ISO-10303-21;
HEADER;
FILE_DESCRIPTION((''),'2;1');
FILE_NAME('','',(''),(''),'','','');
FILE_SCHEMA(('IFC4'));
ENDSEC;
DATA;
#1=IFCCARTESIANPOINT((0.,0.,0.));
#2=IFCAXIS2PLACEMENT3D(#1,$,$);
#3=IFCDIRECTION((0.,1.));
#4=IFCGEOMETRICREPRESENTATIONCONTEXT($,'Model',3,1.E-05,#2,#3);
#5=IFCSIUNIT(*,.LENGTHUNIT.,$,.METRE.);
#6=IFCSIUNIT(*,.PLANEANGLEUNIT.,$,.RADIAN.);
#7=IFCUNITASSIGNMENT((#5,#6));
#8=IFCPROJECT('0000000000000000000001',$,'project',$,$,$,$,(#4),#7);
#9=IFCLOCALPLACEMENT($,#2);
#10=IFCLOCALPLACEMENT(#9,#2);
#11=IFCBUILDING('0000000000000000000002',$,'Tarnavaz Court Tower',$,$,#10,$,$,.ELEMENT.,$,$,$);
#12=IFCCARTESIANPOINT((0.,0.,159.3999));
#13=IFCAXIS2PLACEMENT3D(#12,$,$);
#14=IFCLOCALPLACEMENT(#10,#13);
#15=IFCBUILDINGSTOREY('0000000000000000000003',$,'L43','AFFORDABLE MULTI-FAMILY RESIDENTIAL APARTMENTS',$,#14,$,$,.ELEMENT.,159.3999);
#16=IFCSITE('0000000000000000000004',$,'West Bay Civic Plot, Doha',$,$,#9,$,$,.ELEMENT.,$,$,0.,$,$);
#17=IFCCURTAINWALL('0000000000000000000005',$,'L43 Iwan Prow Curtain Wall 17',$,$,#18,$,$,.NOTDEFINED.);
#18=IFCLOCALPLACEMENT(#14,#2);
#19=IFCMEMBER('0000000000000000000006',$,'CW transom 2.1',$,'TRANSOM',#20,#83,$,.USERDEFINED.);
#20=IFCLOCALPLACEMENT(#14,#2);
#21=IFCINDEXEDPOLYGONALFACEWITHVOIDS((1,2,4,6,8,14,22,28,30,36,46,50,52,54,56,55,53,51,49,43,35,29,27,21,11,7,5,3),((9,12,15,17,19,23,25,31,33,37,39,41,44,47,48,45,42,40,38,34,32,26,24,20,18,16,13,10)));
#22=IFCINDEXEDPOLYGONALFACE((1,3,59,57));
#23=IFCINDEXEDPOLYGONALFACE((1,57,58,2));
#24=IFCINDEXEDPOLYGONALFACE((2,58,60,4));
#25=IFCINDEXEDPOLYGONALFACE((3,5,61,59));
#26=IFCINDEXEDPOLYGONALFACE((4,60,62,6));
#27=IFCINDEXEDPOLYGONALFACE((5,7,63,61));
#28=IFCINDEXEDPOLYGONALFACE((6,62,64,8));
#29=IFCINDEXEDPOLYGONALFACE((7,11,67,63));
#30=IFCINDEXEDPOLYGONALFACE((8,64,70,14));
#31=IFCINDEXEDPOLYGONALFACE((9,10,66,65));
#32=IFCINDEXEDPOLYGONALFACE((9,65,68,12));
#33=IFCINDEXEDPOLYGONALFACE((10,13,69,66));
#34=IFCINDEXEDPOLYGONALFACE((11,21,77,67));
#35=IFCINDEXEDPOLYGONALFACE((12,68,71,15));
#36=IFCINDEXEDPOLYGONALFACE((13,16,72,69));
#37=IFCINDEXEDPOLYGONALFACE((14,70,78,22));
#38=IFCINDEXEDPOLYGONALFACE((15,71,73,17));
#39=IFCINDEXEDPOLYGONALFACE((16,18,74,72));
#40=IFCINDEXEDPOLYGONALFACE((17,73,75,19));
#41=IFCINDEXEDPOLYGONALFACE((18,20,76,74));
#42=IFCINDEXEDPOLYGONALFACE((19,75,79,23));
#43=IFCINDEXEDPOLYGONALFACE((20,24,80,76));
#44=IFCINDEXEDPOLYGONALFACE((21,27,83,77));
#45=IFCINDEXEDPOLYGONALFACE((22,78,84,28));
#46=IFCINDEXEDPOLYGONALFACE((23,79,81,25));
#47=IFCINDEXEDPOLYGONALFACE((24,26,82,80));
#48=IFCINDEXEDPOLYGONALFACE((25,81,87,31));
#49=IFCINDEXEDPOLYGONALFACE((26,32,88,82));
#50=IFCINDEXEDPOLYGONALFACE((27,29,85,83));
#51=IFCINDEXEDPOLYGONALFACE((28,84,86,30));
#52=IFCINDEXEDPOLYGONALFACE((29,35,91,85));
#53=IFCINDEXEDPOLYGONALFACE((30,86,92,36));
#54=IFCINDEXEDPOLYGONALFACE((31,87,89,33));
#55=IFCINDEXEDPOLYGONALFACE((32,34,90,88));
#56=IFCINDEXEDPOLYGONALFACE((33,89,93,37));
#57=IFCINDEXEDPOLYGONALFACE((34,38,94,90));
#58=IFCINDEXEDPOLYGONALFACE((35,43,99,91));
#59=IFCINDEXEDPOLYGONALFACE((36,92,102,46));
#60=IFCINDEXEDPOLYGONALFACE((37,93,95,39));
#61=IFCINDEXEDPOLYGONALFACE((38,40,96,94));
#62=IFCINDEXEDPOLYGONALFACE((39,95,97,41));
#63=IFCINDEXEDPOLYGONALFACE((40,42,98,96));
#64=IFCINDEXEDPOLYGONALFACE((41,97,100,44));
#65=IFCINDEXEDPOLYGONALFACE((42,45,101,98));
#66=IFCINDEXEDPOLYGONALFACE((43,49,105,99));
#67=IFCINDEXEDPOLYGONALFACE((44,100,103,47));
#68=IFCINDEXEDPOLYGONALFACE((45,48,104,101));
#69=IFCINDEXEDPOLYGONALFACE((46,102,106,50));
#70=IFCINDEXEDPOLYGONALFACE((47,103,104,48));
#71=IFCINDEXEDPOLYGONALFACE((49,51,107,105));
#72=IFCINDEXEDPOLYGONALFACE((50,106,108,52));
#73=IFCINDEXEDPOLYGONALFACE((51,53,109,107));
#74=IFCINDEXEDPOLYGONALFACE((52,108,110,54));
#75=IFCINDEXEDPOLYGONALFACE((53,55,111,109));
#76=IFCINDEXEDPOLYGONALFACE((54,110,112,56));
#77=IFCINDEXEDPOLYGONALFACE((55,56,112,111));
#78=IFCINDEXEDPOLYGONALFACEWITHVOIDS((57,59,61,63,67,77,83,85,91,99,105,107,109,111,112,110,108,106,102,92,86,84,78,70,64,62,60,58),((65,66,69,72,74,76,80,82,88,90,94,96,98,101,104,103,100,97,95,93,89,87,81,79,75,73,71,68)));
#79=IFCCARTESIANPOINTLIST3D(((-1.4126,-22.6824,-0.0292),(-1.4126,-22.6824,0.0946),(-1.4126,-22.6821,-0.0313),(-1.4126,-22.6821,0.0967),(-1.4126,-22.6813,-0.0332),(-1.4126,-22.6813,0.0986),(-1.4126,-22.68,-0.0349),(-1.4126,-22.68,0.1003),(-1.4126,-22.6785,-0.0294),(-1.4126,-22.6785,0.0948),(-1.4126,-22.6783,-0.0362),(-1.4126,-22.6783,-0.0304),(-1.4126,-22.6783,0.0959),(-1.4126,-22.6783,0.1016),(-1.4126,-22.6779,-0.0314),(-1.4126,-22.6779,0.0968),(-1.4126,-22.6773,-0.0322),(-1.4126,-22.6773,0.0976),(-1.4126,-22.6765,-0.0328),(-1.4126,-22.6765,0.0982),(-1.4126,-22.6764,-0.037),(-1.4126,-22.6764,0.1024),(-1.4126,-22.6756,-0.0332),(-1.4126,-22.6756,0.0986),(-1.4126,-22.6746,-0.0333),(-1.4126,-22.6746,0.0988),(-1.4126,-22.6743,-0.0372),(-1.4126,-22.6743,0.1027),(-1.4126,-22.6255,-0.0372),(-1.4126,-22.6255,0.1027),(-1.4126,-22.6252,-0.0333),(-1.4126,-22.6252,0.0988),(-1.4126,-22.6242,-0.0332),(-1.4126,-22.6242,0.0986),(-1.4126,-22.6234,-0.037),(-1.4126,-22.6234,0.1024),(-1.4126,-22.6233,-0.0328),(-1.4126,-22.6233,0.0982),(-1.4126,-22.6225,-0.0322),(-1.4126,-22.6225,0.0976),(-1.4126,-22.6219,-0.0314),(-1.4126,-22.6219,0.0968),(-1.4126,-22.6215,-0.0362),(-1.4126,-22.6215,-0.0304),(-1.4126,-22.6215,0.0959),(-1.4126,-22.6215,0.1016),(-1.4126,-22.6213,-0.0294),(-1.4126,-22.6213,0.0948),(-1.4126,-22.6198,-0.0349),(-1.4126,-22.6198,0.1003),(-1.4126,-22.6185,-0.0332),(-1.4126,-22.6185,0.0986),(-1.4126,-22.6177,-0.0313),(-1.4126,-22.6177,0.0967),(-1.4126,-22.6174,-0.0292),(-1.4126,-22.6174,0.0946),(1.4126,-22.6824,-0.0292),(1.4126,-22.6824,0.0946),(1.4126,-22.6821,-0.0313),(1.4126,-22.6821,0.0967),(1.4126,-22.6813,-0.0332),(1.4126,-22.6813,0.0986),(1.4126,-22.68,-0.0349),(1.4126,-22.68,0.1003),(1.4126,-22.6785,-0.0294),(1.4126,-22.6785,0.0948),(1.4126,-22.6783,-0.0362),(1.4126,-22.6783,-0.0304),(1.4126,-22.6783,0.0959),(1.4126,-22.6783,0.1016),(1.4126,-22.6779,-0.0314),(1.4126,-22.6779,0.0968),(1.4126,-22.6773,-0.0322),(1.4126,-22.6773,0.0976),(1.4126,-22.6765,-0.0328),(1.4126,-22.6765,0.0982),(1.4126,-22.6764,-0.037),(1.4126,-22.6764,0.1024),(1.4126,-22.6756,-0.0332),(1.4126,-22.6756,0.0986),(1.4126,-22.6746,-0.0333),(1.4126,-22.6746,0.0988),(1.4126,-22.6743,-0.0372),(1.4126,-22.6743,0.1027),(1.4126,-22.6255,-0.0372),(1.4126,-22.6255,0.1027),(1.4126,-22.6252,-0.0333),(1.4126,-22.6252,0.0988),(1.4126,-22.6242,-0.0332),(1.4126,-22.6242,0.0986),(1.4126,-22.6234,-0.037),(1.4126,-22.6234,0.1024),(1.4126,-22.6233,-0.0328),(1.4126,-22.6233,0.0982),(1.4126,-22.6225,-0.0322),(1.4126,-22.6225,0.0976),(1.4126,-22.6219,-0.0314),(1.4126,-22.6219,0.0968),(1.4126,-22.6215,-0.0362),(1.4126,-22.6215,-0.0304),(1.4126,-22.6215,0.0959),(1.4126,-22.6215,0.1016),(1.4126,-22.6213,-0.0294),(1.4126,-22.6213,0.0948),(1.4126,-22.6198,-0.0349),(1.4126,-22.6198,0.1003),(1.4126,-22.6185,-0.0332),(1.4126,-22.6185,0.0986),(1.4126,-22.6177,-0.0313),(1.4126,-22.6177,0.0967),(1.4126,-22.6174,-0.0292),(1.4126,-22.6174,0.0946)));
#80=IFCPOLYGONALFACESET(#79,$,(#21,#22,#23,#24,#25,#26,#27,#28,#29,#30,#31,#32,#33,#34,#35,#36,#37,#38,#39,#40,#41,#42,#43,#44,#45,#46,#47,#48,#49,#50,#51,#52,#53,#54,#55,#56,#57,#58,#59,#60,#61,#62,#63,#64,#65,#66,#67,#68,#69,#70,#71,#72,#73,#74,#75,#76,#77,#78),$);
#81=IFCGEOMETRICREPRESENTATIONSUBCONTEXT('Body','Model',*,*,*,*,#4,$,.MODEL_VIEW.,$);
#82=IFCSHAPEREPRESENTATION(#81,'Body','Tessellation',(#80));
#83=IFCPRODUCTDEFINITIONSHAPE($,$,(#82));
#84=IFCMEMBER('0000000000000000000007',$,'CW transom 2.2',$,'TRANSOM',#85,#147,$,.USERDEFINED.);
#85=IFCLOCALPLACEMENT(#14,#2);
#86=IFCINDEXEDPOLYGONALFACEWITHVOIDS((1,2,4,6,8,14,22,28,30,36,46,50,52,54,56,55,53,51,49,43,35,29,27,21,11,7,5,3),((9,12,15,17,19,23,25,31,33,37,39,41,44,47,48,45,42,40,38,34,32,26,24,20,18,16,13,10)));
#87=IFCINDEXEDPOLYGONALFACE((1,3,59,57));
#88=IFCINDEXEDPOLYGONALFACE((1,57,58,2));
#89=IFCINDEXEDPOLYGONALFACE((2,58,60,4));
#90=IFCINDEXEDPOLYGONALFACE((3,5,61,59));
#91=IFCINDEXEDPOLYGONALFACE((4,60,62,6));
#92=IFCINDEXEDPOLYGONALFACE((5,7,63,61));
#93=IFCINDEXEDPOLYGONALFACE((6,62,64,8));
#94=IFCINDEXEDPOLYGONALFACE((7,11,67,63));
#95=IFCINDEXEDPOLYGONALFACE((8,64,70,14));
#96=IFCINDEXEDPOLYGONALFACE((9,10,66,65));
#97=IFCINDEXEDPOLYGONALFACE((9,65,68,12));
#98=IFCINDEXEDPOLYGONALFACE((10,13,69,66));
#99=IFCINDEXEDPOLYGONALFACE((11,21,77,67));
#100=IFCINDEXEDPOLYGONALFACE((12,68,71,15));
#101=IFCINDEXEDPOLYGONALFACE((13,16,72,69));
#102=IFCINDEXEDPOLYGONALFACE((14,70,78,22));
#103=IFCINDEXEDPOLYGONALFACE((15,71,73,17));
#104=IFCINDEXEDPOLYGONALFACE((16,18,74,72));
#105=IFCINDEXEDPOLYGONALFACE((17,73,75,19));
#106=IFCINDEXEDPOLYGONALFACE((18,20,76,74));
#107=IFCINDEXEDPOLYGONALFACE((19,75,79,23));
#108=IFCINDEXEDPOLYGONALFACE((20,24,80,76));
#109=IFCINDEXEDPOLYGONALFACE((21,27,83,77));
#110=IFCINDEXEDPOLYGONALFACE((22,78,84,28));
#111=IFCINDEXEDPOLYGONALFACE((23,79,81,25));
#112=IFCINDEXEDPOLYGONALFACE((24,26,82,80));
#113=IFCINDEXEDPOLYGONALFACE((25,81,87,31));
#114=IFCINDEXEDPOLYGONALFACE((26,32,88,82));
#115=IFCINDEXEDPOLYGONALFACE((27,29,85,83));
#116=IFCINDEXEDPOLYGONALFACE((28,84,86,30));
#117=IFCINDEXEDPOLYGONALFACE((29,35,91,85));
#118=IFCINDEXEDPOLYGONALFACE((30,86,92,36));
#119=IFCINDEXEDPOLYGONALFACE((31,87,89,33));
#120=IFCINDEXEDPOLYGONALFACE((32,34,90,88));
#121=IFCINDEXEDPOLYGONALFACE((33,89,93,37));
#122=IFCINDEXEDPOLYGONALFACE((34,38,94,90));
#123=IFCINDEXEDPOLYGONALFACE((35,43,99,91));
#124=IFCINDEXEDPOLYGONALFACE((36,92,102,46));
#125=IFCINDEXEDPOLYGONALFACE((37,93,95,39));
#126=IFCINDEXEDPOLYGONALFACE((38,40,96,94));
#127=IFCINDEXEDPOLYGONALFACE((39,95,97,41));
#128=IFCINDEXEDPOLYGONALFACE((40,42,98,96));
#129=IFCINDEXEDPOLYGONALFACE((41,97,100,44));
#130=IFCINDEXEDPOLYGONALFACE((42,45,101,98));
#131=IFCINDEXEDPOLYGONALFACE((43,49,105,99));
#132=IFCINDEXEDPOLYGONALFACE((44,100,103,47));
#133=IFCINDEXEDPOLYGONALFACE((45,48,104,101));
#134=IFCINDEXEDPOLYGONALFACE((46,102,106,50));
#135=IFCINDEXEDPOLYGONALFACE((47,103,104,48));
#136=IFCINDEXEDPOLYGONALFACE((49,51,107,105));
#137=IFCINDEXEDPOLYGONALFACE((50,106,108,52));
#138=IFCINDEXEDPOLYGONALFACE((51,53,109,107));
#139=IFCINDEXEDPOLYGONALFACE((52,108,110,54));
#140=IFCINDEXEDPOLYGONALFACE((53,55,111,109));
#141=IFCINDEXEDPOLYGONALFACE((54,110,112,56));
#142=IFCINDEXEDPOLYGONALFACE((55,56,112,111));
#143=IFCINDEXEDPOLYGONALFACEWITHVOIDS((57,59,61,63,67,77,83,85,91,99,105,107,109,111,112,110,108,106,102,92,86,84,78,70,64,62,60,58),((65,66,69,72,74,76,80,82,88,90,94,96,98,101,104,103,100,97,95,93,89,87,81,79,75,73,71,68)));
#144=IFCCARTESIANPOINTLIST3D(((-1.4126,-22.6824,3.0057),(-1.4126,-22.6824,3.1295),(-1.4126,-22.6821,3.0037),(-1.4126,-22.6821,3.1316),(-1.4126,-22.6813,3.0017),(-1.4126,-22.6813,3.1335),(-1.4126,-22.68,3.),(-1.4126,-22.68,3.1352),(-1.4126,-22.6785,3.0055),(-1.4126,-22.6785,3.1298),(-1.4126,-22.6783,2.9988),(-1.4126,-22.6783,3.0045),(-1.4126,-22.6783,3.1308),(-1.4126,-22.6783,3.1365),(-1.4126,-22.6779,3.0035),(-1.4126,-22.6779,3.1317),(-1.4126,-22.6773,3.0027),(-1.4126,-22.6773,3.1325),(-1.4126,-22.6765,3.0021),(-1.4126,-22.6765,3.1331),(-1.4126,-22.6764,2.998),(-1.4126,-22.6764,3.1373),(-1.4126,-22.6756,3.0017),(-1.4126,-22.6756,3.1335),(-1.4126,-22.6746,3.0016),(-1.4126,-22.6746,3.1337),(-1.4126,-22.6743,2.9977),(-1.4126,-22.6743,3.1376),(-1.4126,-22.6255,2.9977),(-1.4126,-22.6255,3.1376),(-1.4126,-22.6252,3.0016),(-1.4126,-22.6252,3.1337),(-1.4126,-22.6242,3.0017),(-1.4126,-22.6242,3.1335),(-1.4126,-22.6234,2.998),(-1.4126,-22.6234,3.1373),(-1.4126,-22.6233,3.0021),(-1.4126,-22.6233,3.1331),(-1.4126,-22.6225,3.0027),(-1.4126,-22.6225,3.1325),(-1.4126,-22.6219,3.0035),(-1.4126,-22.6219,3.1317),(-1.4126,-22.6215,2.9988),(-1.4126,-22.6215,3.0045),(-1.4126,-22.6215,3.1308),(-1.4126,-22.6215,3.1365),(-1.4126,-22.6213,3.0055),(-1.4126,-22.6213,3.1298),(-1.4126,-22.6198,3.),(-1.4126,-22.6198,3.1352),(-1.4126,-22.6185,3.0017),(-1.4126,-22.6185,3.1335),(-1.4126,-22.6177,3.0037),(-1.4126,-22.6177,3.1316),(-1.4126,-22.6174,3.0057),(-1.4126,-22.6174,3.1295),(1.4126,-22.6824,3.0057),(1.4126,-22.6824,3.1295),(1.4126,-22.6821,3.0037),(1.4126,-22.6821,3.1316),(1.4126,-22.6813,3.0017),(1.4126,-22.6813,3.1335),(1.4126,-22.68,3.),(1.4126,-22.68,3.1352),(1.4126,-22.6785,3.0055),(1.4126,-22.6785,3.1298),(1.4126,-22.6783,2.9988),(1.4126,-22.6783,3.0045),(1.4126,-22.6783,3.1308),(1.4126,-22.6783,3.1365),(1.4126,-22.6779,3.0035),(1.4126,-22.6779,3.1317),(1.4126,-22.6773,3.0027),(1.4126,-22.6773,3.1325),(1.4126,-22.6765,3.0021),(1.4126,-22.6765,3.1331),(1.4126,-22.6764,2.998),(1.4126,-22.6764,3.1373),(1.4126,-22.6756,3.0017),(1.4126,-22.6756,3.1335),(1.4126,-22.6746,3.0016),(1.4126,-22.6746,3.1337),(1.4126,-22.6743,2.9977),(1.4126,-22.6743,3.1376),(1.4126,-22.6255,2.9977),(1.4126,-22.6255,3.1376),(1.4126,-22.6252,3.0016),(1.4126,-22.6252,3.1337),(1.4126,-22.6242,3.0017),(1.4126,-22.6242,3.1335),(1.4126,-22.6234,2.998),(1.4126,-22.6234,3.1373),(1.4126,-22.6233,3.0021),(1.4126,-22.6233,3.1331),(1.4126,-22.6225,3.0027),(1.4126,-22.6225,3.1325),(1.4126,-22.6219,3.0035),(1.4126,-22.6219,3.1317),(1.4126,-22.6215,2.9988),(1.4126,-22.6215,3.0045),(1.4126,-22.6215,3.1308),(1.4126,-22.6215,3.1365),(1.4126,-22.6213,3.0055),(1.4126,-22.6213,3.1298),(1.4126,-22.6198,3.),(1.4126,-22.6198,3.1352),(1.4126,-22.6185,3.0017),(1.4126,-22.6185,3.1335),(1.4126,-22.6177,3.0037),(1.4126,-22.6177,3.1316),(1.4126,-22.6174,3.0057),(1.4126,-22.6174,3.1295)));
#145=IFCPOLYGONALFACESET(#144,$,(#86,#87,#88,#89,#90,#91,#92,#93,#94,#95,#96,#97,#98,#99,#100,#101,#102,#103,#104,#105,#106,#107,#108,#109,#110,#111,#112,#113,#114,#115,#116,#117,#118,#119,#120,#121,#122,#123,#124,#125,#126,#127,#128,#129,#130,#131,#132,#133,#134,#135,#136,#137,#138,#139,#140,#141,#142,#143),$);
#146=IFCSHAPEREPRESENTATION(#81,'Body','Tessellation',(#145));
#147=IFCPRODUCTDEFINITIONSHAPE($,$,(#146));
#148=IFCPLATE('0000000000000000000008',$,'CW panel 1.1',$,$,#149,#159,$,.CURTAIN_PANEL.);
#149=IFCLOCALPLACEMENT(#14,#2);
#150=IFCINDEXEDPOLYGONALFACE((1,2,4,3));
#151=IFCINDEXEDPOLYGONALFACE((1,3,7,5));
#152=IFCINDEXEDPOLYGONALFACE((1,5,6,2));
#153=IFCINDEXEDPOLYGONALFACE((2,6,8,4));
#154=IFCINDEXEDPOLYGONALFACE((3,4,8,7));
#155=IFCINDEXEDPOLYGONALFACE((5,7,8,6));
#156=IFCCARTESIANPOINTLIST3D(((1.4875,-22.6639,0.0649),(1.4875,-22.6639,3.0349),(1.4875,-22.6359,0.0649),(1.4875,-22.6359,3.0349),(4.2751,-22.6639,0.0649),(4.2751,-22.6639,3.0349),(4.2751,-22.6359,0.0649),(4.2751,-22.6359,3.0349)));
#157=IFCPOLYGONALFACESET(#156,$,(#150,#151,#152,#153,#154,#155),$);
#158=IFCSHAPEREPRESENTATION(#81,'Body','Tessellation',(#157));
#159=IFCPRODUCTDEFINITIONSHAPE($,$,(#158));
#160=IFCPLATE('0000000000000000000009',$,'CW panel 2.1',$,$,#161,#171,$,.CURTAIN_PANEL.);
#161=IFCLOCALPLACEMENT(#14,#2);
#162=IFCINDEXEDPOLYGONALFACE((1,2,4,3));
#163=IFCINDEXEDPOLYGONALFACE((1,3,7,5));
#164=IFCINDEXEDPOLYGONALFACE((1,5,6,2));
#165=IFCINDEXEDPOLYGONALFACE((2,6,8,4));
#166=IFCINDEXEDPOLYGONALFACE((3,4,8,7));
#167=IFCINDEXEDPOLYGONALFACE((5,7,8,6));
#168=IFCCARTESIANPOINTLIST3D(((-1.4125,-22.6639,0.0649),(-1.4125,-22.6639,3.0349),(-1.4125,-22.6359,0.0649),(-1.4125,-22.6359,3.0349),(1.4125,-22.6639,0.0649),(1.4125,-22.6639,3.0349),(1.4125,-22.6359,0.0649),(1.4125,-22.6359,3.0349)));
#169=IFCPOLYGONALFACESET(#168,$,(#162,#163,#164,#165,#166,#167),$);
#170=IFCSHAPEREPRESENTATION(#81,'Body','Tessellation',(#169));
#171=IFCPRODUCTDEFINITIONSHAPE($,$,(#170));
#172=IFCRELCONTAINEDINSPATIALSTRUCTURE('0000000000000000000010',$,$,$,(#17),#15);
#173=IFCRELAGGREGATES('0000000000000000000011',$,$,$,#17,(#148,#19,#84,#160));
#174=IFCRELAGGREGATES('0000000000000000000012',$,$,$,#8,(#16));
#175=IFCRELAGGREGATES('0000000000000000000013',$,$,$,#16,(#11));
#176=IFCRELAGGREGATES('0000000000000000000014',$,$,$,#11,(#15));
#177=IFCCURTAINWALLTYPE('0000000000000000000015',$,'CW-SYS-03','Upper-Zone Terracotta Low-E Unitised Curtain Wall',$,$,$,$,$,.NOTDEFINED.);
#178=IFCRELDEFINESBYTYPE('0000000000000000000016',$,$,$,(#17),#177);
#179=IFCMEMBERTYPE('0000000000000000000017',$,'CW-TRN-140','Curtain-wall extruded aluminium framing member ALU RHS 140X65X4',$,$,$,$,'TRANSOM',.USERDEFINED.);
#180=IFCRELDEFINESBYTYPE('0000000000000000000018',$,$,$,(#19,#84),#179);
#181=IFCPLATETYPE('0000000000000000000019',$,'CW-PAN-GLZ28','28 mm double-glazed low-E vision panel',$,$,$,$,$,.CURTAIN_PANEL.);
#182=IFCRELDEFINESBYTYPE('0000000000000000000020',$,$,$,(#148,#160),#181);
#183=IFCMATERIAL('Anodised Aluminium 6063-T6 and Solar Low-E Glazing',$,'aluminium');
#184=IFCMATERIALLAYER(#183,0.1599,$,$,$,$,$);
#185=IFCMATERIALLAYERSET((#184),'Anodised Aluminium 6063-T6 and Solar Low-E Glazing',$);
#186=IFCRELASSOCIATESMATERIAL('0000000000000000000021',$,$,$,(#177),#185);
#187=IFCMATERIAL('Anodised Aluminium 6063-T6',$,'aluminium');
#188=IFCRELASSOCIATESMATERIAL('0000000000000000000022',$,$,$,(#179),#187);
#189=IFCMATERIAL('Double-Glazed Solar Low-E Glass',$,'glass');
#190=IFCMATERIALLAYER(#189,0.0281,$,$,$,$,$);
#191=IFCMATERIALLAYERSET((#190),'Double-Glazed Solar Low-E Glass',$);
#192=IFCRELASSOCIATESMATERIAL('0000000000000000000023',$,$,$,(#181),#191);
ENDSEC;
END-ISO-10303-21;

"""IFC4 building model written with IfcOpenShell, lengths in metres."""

from ifc_helpers import new_model, si_unit, direction, frame, origin, origin_2d, place, context, subcontext, project, spatial, rectangle, hollow_rectangle, extrude, material, layer, layer_set, material_profile, profile_set, type_object, element, aggregate, save


model = new_model("IFC4")

# Units and contexts
model_context = context("Model", 3, precision=1e-05, world=origin(), true_north=direction((0.0, 1.0)))
body_context = subcontext(model_context, "Body", "Model", "MODEL_VIEW")
ifc_project = project(units=[si_unit("LENGTHUNIT", "METRE"), si_unit("PLANEANGLEUNIT", "RADIAN")], contexts=[model_context])

# Site, building, storey
site_placement = place(None, origin())
site = spatial("IfcSite", under=ifc_project, at=site_placement, Name="West Bay Civic Plot, Doha", CompositionType="ELEMENT", RefElevation=0.0)
building_placement = place(site_placement, origin())
building = spatial("IfcBuilding", under=site, at=building_placement, Name="Tarnavaz Court Tower", CompositionType="ELEMENT")
storey_placement = place(building_placement, frame((0.0, 0.0, 159.3999)))
storey = spatial("IfcBuildingStorey", under=building, at=storey_placement, Name="L43", Description="AFFORDABLE MULTI-FAMILY RESIDENTIAL APARTMENTS", CompositionType="ELEMENT", Elevation=159.3999)

# Curtain wall, members, plates
ifc_material_1 = material(Name="Anodised Aluminium 6063-T6 and Solar Low-E Glazing", Category="aluminium")
ifc_layer_1 = layer(ifc_material_1, 0.1599)
ifc_layer_set_1 = layer_set([ifc_layer_1], Name="Anodised Aluminium 6063-T6 and Solar Low-E Glazing")
curtain_wall_type = type_object("IfcCurtainWallType", Name="CW-SYS-03", Description="Upper-Zone Terracotta Low-E Unitised Curtain Wall", PredefinedType="NOTDEFINED", material=ifc_layer_set_1)
curtain_wall_placement = place(storey_placement, origin())
curtain_wall = element("IfcCurtainWall", 1, at=curtain_wall_placement, inside=storey, type_object=curtain_wall_type, Name="L43 Iwan Prow Curtain Wall 17", PredefinedType="NOTDEFINED")
ifc_material_2 = material(Name="Anodised Aluminium 6063-T6", Category="aluminium")
ifc_material_profile_1 = material_profile(ifc_material_2, hollow_rectangle(XDim=0.0649, YDim=0.1399, WallThickness=0.0039, InnerFilletRadius=0.0039, OuterFilletRadius=0.0081, at=origin_2d()), Name="ALU RHS 140X65X4")
ifc_profile_set_1 = profile_set([ifc_material_profile_1], Name="Anodised Aluminium 6063-T6")
member_type_1 = type_object("IfcMemberType", Name="CW-TRN-140", Description="Curtain-wall extruded aluminium framing member ALU RHS 140X65X4", ElementType="TRANSOM", PredefinedType="USERDEFINED", material=ifc_profile_set_1)
member_1_placement = place(storey_placement, frame((1.4126, -22.6499, 0.0327), z_axis=(-1.0, 0.0, 0.0), x_axis=(0.0, -1.0, 0.0)))
member_1 = element("IfcMember", 2, at=member_1_placement, type_object=member_type_1, Name="CW transom 2.1", ObjectType="TRANSOM", PredefinedType="USERDEFINED", context=body_context, shape_type="SweptSolid", body=[
    extrude(hollow_rectangle(XDim=0.0649, YDim=0.1399, WallThickness=0.0039, InnerFilletRadius=0.0039, OuterFilletRadius=0.0081, at=origin_2d()), origin(), (0.0, 0.0, 1.0), 2.8252),
])
member_2_placement = place(storey_placement, frame((1.4126, -22.6499, 3.0676), z_axis=(-1.0, 0.0, 0.0), x_axis=(0.0, -1.0, 0.0)))
member_2 = element("IfcMember", 3, at=member_2_placement, type_object=member_type_1, Name="CW transom 2.2", ObjectType="TRANSOM", PredefinedType="USERDEFINED", context=body_context, shape_type="SweptSolid", body=[
    extrude(hollow_rectangle(XDim=0.0649, YDim=0.1399, WallThickness=0.0039, InnerFilletRadius=0.0039, OuterFilletRadius=0.0081, at=origin_2d()), origin(), (0.0, 0.0, 1.0), 2.8252),
])
ifc_material_3 = material(Name="Double-Glazed Solar Low-E Glass", Category="glass")
ifc_layer_2 = layer(ifc_material_3, 0.0281)
ifc_layer_set_2 = layer_set([ifc_layer_2], Name="Double-Glazed Solar Low-E Glass")
plate_type = type_object("IfcPlateType", Name="CW-PAN-GLZ28", Description="28 mm double-glazed low-E vision panel", PredefinedType="CURTAIN_PANEL", material=ifc_layer_set_2)
plate_1_placement = place(storey_placement, frame((2.8813, -22.6499, 0.0649), z_axis=(0.0, 0.0, 1.0), x_axis=(-1.0, 0.0, 0.0)))
plate_1 = element("IfcPlate", 4, at=plate_1_placement, type_object=plate_type, Name="CW panel 1.1", PredefinedType="CURTAIN_PANEL", context=body_context, shape_type="SweptSolid", body=[
    extrude(rectangle(XDim=2.7876, YDim=0.0281, at=origin_2d()), origin(), (0.0, 0.0, 1.0), 2.97),
])
plate_2_placement = place(storey_placement, frame((0.0, -22.6499, 0.0649), z_axis=(0.0, 0.0, 1.0), x_axis=(-1.0, 0.0, 0.0)))
plate_2 = element("IfcPlate", 5, at=plate_2_placement, type_object=plate_type, Name="CW panel 2.1", PredefinedType="CURTAIN_PANEL", context=body_context, shape_type="SweptSolid", body=[
    extrude(rectangle(XDim=2.825, YDim=0.0281, at=origin_2d()), origin(), (0.0, 0.0, 1.0), 2.97),
])
aggregate(curtain_wall, [plate_1, member_1, member_2, plate_2])

save(model, "model.ifc")
